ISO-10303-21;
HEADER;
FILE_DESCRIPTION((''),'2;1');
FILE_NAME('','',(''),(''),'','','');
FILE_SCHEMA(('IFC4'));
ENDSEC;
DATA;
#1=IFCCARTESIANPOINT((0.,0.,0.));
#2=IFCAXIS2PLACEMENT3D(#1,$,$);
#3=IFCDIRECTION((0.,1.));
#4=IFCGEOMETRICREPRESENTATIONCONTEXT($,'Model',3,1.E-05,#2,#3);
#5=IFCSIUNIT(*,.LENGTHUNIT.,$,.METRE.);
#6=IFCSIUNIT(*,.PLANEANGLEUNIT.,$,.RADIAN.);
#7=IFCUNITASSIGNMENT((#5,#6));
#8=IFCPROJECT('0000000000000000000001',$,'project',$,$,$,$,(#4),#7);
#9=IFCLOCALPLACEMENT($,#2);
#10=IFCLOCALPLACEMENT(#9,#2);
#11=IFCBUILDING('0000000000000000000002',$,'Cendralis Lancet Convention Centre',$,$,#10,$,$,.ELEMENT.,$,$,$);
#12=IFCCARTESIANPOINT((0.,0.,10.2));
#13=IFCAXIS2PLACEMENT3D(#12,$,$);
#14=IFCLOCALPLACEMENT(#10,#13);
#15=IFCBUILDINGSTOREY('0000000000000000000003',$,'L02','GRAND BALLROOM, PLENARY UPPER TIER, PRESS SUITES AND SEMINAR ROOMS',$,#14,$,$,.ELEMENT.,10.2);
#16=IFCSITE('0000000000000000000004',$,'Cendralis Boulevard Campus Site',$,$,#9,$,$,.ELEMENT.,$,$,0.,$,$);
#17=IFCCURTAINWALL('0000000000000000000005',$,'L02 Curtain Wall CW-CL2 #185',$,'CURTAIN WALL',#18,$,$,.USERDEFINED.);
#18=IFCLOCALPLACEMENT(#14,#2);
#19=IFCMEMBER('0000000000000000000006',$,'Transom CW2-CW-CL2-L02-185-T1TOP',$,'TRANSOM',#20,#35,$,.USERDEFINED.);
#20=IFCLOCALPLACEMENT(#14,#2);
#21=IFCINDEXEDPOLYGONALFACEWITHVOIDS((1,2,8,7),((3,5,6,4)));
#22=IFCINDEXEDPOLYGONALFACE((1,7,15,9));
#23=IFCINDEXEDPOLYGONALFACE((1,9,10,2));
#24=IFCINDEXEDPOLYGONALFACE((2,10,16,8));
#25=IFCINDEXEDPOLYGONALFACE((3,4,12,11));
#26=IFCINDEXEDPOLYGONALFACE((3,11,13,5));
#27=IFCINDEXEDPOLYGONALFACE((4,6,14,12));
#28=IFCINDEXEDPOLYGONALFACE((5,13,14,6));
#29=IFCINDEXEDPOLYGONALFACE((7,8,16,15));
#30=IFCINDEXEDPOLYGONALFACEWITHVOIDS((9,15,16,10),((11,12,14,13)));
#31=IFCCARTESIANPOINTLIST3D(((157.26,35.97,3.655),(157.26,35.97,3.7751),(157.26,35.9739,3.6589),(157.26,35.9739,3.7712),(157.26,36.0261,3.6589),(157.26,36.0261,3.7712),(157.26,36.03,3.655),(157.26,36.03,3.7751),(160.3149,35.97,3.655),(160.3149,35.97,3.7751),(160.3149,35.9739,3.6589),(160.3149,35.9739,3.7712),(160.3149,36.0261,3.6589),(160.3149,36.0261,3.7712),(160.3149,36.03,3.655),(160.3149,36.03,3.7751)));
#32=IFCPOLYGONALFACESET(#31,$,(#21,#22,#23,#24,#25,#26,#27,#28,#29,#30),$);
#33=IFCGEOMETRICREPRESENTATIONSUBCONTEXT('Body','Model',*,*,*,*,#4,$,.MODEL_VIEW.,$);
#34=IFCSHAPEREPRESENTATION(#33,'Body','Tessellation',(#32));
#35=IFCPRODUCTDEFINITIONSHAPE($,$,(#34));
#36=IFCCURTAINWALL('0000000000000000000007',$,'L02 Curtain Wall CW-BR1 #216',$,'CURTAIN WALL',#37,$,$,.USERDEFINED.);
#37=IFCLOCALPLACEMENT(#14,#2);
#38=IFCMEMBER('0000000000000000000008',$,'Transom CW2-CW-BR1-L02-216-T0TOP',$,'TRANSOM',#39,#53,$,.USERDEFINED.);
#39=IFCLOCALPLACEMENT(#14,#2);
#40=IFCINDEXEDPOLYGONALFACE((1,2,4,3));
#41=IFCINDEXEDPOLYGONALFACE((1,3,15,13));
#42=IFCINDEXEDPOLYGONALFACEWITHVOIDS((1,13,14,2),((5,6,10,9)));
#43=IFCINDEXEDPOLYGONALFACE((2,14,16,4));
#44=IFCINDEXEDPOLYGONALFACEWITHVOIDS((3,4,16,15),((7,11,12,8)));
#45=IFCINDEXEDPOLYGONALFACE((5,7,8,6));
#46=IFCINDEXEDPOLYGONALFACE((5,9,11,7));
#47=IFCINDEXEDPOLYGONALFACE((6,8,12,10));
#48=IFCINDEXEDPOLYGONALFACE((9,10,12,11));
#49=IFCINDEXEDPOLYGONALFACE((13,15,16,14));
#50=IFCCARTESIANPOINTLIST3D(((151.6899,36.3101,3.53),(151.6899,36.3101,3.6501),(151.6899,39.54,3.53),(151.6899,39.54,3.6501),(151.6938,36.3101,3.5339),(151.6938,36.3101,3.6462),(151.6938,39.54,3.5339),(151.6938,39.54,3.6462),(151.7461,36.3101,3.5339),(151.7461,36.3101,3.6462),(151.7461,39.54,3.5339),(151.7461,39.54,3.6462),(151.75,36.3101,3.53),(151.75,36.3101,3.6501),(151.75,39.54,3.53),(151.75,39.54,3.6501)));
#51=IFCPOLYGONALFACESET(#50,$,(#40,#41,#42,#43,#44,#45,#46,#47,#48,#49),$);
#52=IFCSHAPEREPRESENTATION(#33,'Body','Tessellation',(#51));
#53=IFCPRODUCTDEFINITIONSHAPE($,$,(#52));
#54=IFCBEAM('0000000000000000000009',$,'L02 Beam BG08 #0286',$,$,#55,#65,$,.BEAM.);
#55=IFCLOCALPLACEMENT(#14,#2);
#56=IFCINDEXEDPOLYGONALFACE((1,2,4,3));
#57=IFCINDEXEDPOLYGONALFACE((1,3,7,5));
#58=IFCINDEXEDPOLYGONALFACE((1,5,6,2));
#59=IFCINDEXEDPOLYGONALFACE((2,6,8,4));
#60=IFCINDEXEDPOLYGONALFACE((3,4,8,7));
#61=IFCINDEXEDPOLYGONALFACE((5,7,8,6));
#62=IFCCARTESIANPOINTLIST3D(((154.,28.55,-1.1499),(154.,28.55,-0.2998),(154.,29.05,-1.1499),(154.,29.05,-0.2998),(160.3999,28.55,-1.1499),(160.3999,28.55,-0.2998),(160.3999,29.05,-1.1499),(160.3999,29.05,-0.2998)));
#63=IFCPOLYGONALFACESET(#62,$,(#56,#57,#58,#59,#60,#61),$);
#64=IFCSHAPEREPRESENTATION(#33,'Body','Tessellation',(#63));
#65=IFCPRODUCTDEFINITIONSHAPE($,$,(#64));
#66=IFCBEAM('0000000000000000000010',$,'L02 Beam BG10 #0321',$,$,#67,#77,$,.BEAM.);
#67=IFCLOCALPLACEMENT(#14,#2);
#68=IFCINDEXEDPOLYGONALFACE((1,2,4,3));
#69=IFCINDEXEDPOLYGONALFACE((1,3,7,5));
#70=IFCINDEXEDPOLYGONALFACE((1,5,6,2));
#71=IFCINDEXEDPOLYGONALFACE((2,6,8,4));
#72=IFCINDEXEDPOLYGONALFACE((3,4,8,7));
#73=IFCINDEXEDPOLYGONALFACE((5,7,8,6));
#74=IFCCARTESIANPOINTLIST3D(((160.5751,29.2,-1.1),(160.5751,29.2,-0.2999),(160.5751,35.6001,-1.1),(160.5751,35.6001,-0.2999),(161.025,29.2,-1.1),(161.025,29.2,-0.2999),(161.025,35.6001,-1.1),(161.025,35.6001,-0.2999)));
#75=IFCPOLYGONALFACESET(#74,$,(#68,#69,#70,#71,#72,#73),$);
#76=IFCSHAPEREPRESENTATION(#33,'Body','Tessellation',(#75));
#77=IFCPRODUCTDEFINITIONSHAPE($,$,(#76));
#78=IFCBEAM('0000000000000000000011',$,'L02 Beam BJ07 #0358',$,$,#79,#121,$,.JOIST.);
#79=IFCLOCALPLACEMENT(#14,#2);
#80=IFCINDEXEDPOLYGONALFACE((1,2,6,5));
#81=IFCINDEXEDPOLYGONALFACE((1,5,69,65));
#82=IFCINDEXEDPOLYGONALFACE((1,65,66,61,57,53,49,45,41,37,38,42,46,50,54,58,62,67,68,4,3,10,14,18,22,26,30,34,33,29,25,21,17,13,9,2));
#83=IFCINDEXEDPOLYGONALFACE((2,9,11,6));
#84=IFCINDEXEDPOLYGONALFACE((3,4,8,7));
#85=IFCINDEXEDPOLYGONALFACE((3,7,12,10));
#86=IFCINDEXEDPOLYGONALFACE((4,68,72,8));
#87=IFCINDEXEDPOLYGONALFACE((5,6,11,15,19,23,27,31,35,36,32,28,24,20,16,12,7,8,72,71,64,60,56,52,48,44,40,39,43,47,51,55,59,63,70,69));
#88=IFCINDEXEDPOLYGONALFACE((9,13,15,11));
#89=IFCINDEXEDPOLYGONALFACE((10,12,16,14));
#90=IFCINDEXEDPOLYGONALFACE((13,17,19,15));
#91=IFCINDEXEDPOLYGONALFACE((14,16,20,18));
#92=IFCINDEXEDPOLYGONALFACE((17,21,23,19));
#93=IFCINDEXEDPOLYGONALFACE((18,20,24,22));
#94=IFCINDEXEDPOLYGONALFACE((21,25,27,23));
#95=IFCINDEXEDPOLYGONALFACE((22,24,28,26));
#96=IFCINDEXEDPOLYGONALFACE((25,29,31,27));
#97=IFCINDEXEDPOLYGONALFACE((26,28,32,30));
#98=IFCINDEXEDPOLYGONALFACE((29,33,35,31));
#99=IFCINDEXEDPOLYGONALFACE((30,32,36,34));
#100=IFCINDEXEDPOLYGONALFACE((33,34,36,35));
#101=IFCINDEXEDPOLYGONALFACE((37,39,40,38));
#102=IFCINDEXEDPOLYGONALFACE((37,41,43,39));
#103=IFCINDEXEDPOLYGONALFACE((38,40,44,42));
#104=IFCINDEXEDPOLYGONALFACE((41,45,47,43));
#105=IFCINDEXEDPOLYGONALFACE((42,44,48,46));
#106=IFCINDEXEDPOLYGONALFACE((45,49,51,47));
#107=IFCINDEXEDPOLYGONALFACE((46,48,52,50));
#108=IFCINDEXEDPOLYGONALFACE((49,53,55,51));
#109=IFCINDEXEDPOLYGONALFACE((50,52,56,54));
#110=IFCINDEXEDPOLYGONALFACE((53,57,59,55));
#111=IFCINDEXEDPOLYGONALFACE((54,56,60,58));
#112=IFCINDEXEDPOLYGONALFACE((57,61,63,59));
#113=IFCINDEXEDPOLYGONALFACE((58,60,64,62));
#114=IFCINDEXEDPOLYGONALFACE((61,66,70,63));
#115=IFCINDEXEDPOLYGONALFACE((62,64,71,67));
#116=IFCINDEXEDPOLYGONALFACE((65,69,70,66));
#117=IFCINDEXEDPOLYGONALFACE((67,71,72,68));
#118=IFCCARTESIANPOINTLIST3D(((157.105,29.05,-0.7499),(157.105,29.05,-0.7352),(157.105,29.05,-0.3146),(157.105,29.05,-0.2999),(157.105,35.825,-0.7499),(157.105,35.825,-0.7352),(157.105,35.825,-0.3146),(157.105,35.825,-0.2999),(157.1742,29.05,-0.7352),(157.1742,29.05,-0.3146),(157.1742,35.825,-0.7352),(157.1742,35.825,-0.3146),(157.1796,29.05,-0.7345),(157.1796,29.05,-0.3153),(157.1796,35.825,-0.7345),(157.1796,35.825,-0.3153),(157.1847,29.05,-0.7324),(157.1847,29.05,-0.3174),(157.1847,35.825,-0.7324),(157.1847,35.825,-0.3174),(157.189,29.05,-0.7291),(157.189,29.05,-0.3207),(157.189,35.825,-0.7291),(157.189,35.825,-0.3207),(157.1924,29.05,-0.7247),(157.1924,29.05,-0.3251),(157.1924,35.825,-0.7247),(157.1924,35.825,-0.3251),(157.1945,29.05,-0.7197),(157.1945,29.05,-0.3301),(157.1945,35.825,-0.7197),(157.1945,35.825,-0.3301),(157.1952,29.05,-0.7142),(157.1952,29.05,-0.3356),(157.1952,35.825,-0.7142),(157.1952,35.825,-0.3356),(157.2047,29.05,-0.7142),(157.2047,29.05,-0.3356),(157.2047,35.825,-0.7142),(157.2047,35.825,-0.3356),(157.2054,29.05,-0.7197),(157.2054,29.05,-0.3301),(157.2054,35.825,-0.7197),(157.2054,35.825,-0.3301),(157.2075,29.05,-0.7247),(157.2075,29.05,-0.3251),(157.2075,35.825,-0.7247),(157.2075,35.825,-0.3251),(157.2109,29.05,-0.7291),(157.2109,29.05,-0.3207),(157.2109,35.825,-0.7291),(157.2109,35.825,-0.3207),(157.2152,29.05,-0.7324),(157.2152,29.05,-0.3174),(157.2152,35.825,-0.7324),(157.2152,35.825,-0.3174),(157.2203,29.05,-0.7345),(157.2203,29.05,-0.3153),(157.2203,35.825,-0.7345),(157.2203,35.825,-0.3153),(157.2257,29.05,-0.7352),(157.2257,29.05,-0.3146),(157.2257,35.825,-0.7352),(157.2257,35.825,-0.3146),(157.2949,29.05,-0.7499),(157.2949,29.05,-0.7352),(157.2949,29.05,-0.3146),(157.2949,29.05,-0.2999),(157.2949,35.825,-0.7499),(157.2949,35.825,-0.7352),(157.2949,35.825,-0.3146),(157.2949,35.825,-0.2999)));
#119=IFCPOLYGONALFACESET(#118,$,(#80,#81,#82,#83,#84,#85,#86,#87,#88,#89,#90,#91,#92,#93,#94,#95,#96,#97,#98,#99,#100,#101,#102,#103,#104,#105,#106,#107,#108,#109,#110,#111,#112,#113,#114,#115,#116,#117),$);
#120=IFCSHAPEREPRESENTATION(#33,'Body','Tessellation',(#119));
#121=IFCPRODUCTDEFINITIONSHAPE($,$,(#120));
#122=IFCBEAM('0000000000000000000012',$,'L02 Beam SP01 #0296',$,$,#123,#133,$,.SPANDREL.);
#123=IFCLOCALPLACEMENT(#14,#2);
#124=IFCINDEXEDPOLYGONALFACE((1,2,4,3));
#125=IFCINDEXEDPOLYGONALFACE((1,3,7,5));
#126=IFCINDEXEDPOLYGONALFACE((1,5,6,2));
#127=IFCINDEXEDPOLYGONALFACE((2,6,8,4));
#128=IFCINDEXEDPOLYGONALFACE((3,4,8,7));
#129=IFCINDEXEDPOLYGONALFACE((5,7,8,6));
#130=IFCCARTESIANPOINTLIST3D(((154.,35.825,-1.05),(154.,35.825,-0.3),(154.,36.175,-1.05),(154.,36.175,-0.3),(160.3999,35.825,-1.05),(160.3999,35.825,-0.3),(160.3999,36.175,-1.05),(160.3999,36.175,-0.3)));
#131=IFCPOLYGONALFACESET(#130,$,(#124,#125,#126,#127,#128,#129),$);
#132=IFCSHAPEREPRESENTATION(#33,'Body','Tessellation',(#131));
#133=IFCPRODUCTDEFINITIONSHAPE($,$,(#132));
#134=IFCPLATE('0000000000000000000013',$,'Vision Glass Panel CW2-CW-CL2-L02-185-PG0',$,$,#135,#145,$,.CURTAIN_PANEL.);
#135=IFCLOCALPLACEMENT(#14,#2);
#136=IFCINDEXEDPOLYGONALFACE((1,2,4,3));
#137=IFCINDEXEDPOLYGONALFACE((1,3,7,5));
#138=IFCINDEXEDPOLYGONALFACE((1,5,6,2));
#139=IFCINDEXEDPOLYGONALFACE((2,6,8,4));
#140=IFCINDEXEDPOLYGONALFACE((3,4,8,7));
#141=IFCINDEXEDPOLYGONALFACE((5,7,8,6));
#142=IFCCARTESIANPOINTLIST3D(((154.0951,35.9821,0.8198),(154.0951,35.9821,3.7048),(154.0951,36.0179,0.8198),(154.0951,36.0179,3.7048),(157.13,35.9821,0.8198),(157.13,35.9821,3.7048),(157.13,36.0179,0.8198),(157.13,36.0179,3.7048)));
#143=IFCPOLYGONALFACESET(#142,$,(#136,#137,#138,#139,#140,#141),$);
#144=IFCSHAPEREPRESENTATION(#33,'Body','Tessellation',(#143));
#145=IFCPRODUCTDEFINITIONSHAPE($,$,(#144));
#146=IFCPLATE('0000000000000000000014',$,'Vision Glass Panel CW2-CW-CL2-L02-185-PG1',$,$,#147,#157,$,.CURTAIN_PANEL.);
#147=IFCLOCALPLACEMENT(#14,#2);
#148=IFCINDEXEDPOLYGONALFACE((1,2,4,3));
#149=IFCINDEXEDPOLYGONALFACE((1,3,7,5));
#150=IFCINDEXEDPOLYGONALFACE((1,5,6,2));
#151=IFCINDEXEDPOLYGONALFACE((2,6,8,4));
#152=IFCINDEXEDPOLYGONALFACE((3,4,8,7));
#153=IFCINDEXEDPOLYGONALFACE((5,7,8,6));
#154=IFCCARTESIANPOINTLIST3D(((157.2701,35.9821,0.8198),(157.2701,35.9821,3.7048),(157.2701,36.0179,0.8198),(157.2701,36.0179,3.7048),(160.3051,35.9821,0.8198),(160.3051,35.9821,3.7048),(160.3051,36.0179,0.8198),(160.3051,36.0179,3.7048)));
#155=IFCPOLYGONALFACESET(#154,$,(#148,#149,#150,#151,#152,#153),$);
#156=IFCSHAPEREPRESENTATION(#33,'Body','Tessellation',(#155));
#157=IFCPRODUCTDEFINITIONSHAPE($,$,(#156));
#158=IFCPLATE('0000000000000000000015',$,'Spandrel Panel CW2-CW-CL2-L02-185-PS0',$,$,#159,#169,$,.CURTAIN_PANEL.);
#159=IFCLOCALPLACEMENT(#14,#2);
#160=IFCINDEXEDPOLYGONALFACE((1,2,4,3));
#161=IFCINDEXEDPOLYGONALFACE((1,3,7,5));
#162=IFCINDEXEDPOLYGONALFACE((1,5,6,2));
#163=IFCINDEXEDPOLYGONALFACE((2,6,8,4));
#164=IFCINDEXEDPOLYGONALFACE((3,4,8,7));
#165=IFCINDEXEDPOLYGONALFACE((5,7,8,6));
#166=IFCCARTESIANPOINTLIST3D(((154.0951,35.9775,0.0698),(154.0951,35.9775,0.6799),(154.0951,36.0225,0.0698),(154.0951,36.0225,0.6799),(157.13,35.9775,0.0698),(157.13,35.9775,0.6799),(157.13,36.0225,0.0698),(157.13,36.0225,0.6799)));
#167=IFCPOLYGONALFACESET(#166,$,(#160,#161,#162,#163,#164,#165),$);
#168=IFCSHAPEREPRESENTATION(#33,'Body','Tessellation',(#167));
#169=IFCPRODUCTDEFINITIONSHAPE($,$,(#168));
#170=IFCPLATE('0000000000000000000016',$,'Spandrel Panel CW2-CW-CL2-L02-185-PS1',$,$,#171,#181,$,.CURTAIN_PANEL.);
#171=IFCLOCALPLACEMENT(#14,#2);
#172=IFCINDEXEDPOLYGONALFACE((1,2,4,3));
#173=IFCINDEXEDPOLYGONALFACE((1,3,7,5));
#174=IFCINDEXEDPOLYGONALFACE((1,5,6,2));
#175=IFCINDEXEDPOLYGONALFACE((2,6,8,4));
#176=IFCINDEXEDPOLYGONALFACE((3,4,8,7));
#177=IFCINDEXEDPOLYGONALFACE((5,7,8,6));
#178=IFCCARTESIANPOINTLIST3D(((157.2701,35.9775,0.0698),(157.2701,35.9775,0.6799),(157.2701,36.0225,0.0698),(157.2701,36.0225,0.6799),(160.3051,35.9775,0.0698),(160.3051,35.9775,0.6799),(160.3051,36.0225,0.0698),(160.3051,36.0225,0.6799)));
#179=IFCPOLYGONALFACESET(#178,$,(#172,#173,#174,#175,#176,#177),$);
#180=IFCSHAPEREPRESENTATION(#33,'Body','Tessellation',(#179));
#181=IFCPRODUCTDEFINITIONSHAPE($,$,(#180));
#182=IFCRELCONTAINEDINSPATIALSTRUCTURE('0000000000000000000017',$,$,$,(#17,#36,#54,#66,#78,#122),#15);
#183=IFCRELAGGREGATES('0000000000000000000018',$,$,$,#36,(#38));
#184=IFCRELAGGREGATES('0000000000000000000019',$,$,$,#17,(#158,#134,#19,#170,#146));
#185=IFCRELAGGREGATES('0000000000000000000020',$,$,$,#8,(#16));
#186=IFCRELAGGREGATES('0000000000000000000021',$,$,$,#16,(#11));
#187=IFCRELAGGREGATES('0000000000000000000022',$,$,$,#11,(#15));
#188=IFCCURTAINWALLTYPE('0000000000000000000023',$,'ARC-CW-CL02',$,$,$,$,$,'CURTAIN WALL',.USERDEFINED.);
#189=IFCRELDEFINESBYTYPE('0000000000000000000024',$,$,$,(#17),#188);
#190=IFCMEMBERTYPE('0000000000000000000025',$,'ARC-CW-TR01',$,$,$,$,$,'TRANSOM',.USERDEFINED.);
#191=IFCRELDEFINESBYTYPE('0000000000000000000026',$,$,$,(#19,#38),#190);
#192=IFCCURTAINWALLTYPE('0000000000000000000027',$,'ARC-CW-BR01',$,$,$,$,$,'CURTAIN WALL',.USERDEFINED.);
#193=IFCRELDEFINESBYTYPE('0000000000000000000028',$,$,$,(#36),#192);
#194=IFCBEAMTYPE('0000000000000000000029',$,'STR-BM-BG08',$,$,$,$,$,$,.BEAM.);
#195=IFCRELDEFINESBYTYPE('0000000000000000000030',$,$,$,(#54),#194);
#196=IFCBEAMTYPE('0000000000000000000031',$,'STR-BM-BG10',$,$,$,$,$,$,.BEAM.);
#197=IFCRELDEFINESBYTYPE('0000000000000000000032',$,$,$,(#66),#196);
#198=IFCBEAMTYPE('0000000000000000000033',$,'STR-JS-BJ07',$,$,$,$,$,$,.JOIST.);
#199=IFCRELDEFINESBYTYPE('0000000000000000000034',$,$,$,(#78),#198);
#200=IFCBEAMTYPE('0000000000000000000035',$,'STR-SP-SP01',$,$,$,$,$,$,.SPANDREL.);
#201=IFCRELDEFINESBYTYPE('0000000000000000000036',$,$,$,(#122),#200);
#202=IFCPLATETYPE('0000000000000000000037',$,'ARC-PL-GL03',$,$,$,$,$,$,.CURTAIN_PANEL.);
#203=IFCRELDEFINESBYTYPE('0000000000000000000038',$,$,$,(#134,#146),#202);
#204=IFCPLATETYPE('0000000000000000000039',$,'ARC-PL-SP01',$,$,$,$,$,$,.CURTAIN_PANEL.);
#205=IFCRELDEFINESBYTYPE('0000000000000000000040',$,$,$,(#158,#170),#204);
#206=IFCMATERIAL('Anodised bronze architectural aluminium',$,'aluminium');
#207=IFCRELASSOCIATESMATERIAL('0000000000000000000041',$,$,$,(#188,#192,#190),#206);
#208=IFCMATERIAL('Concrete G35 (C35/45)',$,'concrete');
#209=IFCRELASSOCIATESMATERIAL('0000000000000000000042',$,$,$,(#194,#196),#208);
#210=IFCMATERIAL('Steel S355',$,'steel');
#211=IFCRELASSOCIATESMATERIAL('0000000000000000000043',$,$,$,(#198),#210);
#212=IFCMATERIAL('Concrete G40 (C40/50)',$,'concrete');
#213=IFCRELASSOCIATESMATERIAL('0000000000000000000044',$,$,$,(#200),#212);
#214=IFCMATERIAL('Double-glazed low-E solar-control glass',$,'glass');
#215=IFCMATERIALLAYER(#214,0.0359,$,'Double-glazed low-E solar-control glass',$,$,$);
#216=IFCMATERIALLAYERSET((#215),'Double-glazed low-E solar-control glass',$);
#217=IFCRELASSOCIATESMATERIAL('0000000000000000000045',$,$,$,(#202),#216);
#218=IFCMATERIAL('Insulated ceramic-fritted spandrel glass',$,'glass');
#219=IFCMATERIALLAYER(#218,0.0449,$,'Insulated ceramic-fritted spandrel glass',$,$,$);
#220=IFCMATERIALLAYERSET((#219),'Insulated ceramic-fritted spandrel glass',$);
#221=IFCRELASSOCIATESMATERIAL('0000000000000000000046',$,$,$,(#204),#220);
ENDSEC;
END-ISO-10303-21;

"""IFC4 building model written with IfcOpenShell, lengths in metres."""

from ifc_helpers import new_model, si_unit, direction, frame, origin, origin_2d, place, context, subcontext, project, spatial, rectangle, hollow_rectangle, i_section, extrude, material, layer, layer_set, material_profile, profile_set, type_object, element, aggregate, save


model = new_model("IFC4")

# Units and contexts
model_context = context("Model", 3, precision=1e-05, world=origin(), true_north=direction((0.0, 1.0)))
body_context = subcontext(model_context, "Body", "Model", "MODEL_VIEW")
ifc_project = project(units=[si_unit("LENGTHUNIT", "METRE"), si_unit("PLANEANGLEUNIT", "RADIAN")], contexts=[model_context])

# Site, building, storey
site_placement = place(None, origin())
site = spatial("IfcSite", under=ifc_project, at=site_placement, Name="Cendralis Boulevard Campus Site", CompositionType="ELEMENT", RefElevation=0.0)
building_placement = place(site_placement, origin())
building = spatial("IfcBuilding", under=site, at=building_placement, Name="Cendralis Lancet Convention Centre", CompositionType="ELEMENT")
storey_placement = place(building_placement, frame((0.0, 0.0, 10.2)))
storey = spatial("IfcBuildingStorey", under=building, at=storey_placement, Name="L02", Description="GRAND BALLROOM, PLENARY UPPER TIER, PRESS SUITES AND SEMINAR ROOMS", CompositionType="ELEMENT", Elevation=10.2)

# Shared definitions
ifc_material_1 = material(Name="Concrete G40 (C40/50)", Category="concrete")

# Curtain wall, member
ifc_material_2 = material(Name="Anodised bronze architectural aluminium", Category="aluminium")
curtain_wall_type_1 = type_object("IfcCurtainWallType", Name="ARC-CW-CL02", ElementType="CURTAIN WALL", PredefinedType="USERDEFINED", material=ifc_material_2)
curtain_wall_1_placement = place(storey_placement, origin())
curtain_wall_1 = element("IfcCurtainWall", 1, at=curtain_wall_1_placement, inside=storey, type_object=curtain_wall_type_1, Name="L02 Curtain Wall CW-CL2 #185", ObjectType="CURTAIN WALL", PredefinedType="USERDEFINED")
ifc_material_profile_1 = material_profile(ifc_material_2, hollow_rectangle(XDim=0.0601, YDim=0.1201, WallThickness=0.0039, at=origin_2d()), Name="AL-TRAN 60x120x4.0")
ifc_profile_set_1 = profile_set([ifc_material_profile_1], Name="Anodised bronze architectural aluminium")
member_type_1 = type_object("IfcMemberType", Name="ARC-CW-TR01", ElementType="TRANSOM", PredefinedType="USERDEFINED", material=ifc_profile_set_1)
member_1_placement = place(storey_placement, frame((157.26, 36.0, 3.7151), z_axis=(1.0, 0.0, 0.0), x_axis=(0.0, 1.0, 0.0)))
member_1 = element("IfcMember", 2, at=member_1_placement, type_object=member_type_1, Name="Transom CW2-CW-CL2-L02-185-T1TOP", ObjectType="TRANSOM", PredefinedType="USERDEFINED", context=body_context, shape_type="SweptSolid", body=[
    extrude(hollow_rectangle(XDim=0.0601, YDim=0.1201, WallThickness=0.0039, at=origin_2d()), origin(), (0.0, 0.0, 1.0), 3.0549),
])

# Curtain wall, member
curtain_wall_type_2 = type_object("IfcCurtainWallType", Name="ARC-CW-BR01", ElementType="CURTAIN WALL", PredefinedType="USERDEFINED", material=ifc_material_2)
curtain_wall_2_placement = place(storey_placement, origin())
curtain_wall_2 = element("IfcCurtainWall", 3, at=curtain_wall_2_placement, inside=storey, type_object=curtain_wall_type_2, Name="L02 Curtain Wall CW-BR1 #216", ObjectType="CURTAIN WALL", PredefinedType="USERDEFINED")
member_2_placement = place(storey_placement, frame((151.72, 36.3101, 3.5901), z_axis=(0.0, 1.0, 0.0), x_axis=(-1.0, 0.0, 0.0)))
member_2 = element("IfcMember", 4, at=member_2_placement, type_object=member_type_1, Name="Transom CW2-CW-BR1-L02-216-T0TOP", ObjectType="TRANSOM", PredefinedType="USERDEFINED", context=body_context, shape_type="SweptSolid", body=[
    extrude(hollow_rectangle(XDim=0.0601, YDim=0.1201, WallThickness=0.0039, at=origin_2d()), origin(), (0.0, 0.0, 1.0), 3.23),
])
aggregate(curtain_wall_2, [member_2])

# Beams
ifc_material_3 = material(Name="Concrete G35 (C35/45)", Category="concrete")
ifc_material_profile_2 = material_profile(ifc_material_3, rectangle(XDim=0.5, YDim=0.8501, at=origin_2d()), Name="RCB 500x850")
ifc_profile_set_2 = profile_set([ifc_material_profile_2], Name="Concrete G35 (C35/45)")
beam_type_1 = type_object("IfcBeamType", Name="STR-BM-BG08", PredefinedType="BEAM", material=ifc_profile_set_2)
beam_1_placement = place(storey_placement, frame((154.0, 28.8, -0.7249), z_axis=(1.0, 0.0, 0.0), x_axis=(0.0, 1.0, 0.0)))
element("IfcBeam", 5, at=beam_1_placement, inside=storey, type_object=beam_type_1, Name="L02 Beam BG08 #0286", PredefinedType="BEAM", context=body_context, shape_type="SweptSolid", body=[
    extrude(rectangle(XDim=0.5, YDim=0.8501, at=origin_2d()), origin(), (0.0, 0.0, 1.0), 6.3999),
])
ifc_material_profile_3 = material_profile(ifc_material_3, rectangle(XDim=0.45, YDim=0.8, at=origin_2d()), Name="RCB 450x800")
ifc_profile_set_3 = profile_set([ifc_material_profile_3], Name="Concrete G35 (C35/45)")
beam_type_2 = type_object("IfcBeamType", Name="STR-BM-BG10", PredefinedType="BEAM", material=ifc_profile_set_3)
beam_2_placement = place(storey_placement, frame((160.8, 29.2, -0.7), z_axis=(0.0, 1.0, 0.0), x_axis=(-1.0, 0.0, 0.0)))
element("IfcBeam", 6, at=beam_2_placement, inside=storey, type_object=beam_type_2, Name="L02 Beam BG10 #0321", PredefinedType="BEAM", context=body_context, shape_type="SweptSolid", body=[
    extrude(rectangle(XDim=0.45, YDim=0.8, at=origin_2d()), origin(), (0.0, 0.0, 1.0), 6.4001),
])
ifc_material_4 = material(Name="Steel S355", Category="steel")
ifc_material_profile_4 = material_profile(ifc_material_4, i_section(OverallWidth=0.1899, OverallDepth=0.45, WebThickness=0.0095, FlangeThickness=0.0146, FilletRadius=0.021, at=origin_2d()), Name="IPE 450")
ifc_profile_set_4 = profile_set([ifc_material_profile_4], Name="Steel S355")
beam_type_3 = type_object("IfcBeamType", Name="STR-JS-BJ07", PredefinedType="JOIST", material=ifc_profile_set_4)
beam_3_placement = place(storey_placement, frame((157.2, 29.05, -0.5249), z_axis=(0.0, 1.0, 0.0), x_axis=(-1.0, 0.0, 0.0)))
element("IfcBeam", 7, at=beam_3_placement, inside=storey, type_object=beam_type_3, Name="L02 Beam BJ07 #0358", PredefinedType="JOIST", context=body_context, shape_type="SweptSolid", body=[
    extrude(i_section(OverallWidth=0.1899, OverallDepth=0.45, WebThickness=0.0095, FlangeThickness=0.0146, FilletRadius=0.021, at=origin_2d()), origin(), (0.0, 0.0, 1.0), 6.7749),
])
ifc_material_profile_5 = material_profile(ifc_material_1, rectangle(XDim=0.3501, YDim=0.75, at=origin_2d()), Name="RCB 350x750")
ifc_profile_set_5 = profile_set([ifc_material_profile_5], Name="Concrete G40 (C40/50)")
beam_type_4 = type_object("IfcBeamType", Name="STR-SP-SP01", PredefinedType="SPANDREL", material=ifc_profile_set_5)
beam_4_placement = place(storey_placement, frame((154.0, 36.0, -0.675), z_axis=(1.0, 0.0, 0.0), x_axis=(0.0, 1.0, 0.0)))
element("IfcBeam", 8, at=beam_4_placement, inside=storey, type_object=beam_type_4, Name="L02 Beam SP01 #0296", PredefinedType="SPANDREL", context=body_context, shape_type="SweptSolid", body=[
    extrude(rectangle(XDim=0.3501, YDim=0.75, at=origin_2d()), origin(), (0.0, 0.0, 1.0), 6.3999),
])

# Plates
ifc_material_5 = material(Name="Double-glazed low-E solar-control glass", Category="glass")
ifc_layer_1 = layer(ifc_material_5, 0.0359, Name="Double-glazed low-E solar-control glass")
ifc_layer_set_1 = layer_set([ifc_layer_1], Name="Double-glazed low-E solar-control glass")
plate_type_1 = type_object("IfcPlateType", Name="ARC-PL-GL03", PredefinedType="CURTAIN_PANEL", material=ifc_layer_set_1)
plate_1_placement = place(storey_placement, frame((155.6125, 36.0, 0.8198), z_axis=(0.0, 0.0, 1.0), x_axis=(1.0, 0.0, 0.0)))
plate_1 = element("IfcPlate", 9, at=plate_1_placement, type_object=plate_type_1, Name="Vision Glass Panel CW2-CW-CL2-L02-185-PG0", PredefinedType="CURTAIN_PANEL", context=body_context, shape_type="SweptSolid", body=[
    extrude(rectangle(XDim=3.0349, YDim=0.0359, at=origin_2d()), origin(), (0.0, 0.0, 1.0), 2.885),
])
plate_2_placement = place(storey_placement, frame((158.7876, 36.0, 0.8198), z_axis=(0.0, 0.0, 1.0), x_axis=(1.0, 0.0, 0.0)))
plate_2 = element("IfcPlate", 10, at=plate_2_placement, type_object=plate_type_1, Name="Vision Glass Panel CW2-CW-CL2-L02-185-PG1", PredefinedType="CURTAIN_PANEL", context=body_context, shape_type="SweptSolid", body=[
    extrude(rectangle(XDim=3.0349, YDim=0.0359, at=origin_2d()), origin(), (0.0, 0.0, 1.0), 2.885),
])
ifc_material_6 = material(Name="Insulated ceramic-fritted spandrel glass", Category="glass")
ifc_layer_2 = layer(ifc_material_6, 0.0449, Name="Insulated ceramic-fritted spandrel glass")
ifc_layer_set_2 = layer_set([ifc_layer_2], Name="Insulated ceramic-fritted spandrel glass")
plate_type_2 = type_object("IfcPlateType", Name="ARC-PL-SP01", PredefinedType="CURTAIN_PANEL", material=ifc_layer_set_2)
plate_3_placement = place(storey_placement, frame((155.6125, 36.0, 0.0698), z_axis=(0.0, 0.0, 1.0), x_axis=(1.0, 0.0, 0.0)))
plate_3 = element("IfcPlate", 11, at=plate_3_placement, type_object=plate_type_2, Name="Spandrel Panel CW2-CW-CL2-L02-185-PS0", PredefinedType="CURTAIN_PANEL", context=body_context, shape_type="SweptSolid", body=[
    extrude(rectangle(XDim=3.0349, YDim=0.0449, at=origin_2d()), origin(), (0.0, 0.0, 1.0), 0.6101),
])
plate_4_placement = place(storey_placement, frame((158.7876, 36.0, 0.0698), z_axis=(0.0, 0.0, 1.0), x_axis=(1.0, 0.0, 0.0)))
plate_4 = element("IfcPlate", 12, at=plate_4_placement, type_object=plate_type_2, Name="Spandrel Panel CW2-CW-CL2-L02-185-PS1", PredefinedType="CURTAIN_PANEL", context=body_context, shape_type="SweptSolid", body=[
    extrude(rectangle(XDim=3.0349, YDim=0.0449, at=origin_2d()), origin(), (0.0, 0.0, 1.0), 0.6101),
])
aggregate(curtain_wall_1, [plate_3, plate_1, member_1, plate_4, plate_2])

save(model, "model.ifc")
